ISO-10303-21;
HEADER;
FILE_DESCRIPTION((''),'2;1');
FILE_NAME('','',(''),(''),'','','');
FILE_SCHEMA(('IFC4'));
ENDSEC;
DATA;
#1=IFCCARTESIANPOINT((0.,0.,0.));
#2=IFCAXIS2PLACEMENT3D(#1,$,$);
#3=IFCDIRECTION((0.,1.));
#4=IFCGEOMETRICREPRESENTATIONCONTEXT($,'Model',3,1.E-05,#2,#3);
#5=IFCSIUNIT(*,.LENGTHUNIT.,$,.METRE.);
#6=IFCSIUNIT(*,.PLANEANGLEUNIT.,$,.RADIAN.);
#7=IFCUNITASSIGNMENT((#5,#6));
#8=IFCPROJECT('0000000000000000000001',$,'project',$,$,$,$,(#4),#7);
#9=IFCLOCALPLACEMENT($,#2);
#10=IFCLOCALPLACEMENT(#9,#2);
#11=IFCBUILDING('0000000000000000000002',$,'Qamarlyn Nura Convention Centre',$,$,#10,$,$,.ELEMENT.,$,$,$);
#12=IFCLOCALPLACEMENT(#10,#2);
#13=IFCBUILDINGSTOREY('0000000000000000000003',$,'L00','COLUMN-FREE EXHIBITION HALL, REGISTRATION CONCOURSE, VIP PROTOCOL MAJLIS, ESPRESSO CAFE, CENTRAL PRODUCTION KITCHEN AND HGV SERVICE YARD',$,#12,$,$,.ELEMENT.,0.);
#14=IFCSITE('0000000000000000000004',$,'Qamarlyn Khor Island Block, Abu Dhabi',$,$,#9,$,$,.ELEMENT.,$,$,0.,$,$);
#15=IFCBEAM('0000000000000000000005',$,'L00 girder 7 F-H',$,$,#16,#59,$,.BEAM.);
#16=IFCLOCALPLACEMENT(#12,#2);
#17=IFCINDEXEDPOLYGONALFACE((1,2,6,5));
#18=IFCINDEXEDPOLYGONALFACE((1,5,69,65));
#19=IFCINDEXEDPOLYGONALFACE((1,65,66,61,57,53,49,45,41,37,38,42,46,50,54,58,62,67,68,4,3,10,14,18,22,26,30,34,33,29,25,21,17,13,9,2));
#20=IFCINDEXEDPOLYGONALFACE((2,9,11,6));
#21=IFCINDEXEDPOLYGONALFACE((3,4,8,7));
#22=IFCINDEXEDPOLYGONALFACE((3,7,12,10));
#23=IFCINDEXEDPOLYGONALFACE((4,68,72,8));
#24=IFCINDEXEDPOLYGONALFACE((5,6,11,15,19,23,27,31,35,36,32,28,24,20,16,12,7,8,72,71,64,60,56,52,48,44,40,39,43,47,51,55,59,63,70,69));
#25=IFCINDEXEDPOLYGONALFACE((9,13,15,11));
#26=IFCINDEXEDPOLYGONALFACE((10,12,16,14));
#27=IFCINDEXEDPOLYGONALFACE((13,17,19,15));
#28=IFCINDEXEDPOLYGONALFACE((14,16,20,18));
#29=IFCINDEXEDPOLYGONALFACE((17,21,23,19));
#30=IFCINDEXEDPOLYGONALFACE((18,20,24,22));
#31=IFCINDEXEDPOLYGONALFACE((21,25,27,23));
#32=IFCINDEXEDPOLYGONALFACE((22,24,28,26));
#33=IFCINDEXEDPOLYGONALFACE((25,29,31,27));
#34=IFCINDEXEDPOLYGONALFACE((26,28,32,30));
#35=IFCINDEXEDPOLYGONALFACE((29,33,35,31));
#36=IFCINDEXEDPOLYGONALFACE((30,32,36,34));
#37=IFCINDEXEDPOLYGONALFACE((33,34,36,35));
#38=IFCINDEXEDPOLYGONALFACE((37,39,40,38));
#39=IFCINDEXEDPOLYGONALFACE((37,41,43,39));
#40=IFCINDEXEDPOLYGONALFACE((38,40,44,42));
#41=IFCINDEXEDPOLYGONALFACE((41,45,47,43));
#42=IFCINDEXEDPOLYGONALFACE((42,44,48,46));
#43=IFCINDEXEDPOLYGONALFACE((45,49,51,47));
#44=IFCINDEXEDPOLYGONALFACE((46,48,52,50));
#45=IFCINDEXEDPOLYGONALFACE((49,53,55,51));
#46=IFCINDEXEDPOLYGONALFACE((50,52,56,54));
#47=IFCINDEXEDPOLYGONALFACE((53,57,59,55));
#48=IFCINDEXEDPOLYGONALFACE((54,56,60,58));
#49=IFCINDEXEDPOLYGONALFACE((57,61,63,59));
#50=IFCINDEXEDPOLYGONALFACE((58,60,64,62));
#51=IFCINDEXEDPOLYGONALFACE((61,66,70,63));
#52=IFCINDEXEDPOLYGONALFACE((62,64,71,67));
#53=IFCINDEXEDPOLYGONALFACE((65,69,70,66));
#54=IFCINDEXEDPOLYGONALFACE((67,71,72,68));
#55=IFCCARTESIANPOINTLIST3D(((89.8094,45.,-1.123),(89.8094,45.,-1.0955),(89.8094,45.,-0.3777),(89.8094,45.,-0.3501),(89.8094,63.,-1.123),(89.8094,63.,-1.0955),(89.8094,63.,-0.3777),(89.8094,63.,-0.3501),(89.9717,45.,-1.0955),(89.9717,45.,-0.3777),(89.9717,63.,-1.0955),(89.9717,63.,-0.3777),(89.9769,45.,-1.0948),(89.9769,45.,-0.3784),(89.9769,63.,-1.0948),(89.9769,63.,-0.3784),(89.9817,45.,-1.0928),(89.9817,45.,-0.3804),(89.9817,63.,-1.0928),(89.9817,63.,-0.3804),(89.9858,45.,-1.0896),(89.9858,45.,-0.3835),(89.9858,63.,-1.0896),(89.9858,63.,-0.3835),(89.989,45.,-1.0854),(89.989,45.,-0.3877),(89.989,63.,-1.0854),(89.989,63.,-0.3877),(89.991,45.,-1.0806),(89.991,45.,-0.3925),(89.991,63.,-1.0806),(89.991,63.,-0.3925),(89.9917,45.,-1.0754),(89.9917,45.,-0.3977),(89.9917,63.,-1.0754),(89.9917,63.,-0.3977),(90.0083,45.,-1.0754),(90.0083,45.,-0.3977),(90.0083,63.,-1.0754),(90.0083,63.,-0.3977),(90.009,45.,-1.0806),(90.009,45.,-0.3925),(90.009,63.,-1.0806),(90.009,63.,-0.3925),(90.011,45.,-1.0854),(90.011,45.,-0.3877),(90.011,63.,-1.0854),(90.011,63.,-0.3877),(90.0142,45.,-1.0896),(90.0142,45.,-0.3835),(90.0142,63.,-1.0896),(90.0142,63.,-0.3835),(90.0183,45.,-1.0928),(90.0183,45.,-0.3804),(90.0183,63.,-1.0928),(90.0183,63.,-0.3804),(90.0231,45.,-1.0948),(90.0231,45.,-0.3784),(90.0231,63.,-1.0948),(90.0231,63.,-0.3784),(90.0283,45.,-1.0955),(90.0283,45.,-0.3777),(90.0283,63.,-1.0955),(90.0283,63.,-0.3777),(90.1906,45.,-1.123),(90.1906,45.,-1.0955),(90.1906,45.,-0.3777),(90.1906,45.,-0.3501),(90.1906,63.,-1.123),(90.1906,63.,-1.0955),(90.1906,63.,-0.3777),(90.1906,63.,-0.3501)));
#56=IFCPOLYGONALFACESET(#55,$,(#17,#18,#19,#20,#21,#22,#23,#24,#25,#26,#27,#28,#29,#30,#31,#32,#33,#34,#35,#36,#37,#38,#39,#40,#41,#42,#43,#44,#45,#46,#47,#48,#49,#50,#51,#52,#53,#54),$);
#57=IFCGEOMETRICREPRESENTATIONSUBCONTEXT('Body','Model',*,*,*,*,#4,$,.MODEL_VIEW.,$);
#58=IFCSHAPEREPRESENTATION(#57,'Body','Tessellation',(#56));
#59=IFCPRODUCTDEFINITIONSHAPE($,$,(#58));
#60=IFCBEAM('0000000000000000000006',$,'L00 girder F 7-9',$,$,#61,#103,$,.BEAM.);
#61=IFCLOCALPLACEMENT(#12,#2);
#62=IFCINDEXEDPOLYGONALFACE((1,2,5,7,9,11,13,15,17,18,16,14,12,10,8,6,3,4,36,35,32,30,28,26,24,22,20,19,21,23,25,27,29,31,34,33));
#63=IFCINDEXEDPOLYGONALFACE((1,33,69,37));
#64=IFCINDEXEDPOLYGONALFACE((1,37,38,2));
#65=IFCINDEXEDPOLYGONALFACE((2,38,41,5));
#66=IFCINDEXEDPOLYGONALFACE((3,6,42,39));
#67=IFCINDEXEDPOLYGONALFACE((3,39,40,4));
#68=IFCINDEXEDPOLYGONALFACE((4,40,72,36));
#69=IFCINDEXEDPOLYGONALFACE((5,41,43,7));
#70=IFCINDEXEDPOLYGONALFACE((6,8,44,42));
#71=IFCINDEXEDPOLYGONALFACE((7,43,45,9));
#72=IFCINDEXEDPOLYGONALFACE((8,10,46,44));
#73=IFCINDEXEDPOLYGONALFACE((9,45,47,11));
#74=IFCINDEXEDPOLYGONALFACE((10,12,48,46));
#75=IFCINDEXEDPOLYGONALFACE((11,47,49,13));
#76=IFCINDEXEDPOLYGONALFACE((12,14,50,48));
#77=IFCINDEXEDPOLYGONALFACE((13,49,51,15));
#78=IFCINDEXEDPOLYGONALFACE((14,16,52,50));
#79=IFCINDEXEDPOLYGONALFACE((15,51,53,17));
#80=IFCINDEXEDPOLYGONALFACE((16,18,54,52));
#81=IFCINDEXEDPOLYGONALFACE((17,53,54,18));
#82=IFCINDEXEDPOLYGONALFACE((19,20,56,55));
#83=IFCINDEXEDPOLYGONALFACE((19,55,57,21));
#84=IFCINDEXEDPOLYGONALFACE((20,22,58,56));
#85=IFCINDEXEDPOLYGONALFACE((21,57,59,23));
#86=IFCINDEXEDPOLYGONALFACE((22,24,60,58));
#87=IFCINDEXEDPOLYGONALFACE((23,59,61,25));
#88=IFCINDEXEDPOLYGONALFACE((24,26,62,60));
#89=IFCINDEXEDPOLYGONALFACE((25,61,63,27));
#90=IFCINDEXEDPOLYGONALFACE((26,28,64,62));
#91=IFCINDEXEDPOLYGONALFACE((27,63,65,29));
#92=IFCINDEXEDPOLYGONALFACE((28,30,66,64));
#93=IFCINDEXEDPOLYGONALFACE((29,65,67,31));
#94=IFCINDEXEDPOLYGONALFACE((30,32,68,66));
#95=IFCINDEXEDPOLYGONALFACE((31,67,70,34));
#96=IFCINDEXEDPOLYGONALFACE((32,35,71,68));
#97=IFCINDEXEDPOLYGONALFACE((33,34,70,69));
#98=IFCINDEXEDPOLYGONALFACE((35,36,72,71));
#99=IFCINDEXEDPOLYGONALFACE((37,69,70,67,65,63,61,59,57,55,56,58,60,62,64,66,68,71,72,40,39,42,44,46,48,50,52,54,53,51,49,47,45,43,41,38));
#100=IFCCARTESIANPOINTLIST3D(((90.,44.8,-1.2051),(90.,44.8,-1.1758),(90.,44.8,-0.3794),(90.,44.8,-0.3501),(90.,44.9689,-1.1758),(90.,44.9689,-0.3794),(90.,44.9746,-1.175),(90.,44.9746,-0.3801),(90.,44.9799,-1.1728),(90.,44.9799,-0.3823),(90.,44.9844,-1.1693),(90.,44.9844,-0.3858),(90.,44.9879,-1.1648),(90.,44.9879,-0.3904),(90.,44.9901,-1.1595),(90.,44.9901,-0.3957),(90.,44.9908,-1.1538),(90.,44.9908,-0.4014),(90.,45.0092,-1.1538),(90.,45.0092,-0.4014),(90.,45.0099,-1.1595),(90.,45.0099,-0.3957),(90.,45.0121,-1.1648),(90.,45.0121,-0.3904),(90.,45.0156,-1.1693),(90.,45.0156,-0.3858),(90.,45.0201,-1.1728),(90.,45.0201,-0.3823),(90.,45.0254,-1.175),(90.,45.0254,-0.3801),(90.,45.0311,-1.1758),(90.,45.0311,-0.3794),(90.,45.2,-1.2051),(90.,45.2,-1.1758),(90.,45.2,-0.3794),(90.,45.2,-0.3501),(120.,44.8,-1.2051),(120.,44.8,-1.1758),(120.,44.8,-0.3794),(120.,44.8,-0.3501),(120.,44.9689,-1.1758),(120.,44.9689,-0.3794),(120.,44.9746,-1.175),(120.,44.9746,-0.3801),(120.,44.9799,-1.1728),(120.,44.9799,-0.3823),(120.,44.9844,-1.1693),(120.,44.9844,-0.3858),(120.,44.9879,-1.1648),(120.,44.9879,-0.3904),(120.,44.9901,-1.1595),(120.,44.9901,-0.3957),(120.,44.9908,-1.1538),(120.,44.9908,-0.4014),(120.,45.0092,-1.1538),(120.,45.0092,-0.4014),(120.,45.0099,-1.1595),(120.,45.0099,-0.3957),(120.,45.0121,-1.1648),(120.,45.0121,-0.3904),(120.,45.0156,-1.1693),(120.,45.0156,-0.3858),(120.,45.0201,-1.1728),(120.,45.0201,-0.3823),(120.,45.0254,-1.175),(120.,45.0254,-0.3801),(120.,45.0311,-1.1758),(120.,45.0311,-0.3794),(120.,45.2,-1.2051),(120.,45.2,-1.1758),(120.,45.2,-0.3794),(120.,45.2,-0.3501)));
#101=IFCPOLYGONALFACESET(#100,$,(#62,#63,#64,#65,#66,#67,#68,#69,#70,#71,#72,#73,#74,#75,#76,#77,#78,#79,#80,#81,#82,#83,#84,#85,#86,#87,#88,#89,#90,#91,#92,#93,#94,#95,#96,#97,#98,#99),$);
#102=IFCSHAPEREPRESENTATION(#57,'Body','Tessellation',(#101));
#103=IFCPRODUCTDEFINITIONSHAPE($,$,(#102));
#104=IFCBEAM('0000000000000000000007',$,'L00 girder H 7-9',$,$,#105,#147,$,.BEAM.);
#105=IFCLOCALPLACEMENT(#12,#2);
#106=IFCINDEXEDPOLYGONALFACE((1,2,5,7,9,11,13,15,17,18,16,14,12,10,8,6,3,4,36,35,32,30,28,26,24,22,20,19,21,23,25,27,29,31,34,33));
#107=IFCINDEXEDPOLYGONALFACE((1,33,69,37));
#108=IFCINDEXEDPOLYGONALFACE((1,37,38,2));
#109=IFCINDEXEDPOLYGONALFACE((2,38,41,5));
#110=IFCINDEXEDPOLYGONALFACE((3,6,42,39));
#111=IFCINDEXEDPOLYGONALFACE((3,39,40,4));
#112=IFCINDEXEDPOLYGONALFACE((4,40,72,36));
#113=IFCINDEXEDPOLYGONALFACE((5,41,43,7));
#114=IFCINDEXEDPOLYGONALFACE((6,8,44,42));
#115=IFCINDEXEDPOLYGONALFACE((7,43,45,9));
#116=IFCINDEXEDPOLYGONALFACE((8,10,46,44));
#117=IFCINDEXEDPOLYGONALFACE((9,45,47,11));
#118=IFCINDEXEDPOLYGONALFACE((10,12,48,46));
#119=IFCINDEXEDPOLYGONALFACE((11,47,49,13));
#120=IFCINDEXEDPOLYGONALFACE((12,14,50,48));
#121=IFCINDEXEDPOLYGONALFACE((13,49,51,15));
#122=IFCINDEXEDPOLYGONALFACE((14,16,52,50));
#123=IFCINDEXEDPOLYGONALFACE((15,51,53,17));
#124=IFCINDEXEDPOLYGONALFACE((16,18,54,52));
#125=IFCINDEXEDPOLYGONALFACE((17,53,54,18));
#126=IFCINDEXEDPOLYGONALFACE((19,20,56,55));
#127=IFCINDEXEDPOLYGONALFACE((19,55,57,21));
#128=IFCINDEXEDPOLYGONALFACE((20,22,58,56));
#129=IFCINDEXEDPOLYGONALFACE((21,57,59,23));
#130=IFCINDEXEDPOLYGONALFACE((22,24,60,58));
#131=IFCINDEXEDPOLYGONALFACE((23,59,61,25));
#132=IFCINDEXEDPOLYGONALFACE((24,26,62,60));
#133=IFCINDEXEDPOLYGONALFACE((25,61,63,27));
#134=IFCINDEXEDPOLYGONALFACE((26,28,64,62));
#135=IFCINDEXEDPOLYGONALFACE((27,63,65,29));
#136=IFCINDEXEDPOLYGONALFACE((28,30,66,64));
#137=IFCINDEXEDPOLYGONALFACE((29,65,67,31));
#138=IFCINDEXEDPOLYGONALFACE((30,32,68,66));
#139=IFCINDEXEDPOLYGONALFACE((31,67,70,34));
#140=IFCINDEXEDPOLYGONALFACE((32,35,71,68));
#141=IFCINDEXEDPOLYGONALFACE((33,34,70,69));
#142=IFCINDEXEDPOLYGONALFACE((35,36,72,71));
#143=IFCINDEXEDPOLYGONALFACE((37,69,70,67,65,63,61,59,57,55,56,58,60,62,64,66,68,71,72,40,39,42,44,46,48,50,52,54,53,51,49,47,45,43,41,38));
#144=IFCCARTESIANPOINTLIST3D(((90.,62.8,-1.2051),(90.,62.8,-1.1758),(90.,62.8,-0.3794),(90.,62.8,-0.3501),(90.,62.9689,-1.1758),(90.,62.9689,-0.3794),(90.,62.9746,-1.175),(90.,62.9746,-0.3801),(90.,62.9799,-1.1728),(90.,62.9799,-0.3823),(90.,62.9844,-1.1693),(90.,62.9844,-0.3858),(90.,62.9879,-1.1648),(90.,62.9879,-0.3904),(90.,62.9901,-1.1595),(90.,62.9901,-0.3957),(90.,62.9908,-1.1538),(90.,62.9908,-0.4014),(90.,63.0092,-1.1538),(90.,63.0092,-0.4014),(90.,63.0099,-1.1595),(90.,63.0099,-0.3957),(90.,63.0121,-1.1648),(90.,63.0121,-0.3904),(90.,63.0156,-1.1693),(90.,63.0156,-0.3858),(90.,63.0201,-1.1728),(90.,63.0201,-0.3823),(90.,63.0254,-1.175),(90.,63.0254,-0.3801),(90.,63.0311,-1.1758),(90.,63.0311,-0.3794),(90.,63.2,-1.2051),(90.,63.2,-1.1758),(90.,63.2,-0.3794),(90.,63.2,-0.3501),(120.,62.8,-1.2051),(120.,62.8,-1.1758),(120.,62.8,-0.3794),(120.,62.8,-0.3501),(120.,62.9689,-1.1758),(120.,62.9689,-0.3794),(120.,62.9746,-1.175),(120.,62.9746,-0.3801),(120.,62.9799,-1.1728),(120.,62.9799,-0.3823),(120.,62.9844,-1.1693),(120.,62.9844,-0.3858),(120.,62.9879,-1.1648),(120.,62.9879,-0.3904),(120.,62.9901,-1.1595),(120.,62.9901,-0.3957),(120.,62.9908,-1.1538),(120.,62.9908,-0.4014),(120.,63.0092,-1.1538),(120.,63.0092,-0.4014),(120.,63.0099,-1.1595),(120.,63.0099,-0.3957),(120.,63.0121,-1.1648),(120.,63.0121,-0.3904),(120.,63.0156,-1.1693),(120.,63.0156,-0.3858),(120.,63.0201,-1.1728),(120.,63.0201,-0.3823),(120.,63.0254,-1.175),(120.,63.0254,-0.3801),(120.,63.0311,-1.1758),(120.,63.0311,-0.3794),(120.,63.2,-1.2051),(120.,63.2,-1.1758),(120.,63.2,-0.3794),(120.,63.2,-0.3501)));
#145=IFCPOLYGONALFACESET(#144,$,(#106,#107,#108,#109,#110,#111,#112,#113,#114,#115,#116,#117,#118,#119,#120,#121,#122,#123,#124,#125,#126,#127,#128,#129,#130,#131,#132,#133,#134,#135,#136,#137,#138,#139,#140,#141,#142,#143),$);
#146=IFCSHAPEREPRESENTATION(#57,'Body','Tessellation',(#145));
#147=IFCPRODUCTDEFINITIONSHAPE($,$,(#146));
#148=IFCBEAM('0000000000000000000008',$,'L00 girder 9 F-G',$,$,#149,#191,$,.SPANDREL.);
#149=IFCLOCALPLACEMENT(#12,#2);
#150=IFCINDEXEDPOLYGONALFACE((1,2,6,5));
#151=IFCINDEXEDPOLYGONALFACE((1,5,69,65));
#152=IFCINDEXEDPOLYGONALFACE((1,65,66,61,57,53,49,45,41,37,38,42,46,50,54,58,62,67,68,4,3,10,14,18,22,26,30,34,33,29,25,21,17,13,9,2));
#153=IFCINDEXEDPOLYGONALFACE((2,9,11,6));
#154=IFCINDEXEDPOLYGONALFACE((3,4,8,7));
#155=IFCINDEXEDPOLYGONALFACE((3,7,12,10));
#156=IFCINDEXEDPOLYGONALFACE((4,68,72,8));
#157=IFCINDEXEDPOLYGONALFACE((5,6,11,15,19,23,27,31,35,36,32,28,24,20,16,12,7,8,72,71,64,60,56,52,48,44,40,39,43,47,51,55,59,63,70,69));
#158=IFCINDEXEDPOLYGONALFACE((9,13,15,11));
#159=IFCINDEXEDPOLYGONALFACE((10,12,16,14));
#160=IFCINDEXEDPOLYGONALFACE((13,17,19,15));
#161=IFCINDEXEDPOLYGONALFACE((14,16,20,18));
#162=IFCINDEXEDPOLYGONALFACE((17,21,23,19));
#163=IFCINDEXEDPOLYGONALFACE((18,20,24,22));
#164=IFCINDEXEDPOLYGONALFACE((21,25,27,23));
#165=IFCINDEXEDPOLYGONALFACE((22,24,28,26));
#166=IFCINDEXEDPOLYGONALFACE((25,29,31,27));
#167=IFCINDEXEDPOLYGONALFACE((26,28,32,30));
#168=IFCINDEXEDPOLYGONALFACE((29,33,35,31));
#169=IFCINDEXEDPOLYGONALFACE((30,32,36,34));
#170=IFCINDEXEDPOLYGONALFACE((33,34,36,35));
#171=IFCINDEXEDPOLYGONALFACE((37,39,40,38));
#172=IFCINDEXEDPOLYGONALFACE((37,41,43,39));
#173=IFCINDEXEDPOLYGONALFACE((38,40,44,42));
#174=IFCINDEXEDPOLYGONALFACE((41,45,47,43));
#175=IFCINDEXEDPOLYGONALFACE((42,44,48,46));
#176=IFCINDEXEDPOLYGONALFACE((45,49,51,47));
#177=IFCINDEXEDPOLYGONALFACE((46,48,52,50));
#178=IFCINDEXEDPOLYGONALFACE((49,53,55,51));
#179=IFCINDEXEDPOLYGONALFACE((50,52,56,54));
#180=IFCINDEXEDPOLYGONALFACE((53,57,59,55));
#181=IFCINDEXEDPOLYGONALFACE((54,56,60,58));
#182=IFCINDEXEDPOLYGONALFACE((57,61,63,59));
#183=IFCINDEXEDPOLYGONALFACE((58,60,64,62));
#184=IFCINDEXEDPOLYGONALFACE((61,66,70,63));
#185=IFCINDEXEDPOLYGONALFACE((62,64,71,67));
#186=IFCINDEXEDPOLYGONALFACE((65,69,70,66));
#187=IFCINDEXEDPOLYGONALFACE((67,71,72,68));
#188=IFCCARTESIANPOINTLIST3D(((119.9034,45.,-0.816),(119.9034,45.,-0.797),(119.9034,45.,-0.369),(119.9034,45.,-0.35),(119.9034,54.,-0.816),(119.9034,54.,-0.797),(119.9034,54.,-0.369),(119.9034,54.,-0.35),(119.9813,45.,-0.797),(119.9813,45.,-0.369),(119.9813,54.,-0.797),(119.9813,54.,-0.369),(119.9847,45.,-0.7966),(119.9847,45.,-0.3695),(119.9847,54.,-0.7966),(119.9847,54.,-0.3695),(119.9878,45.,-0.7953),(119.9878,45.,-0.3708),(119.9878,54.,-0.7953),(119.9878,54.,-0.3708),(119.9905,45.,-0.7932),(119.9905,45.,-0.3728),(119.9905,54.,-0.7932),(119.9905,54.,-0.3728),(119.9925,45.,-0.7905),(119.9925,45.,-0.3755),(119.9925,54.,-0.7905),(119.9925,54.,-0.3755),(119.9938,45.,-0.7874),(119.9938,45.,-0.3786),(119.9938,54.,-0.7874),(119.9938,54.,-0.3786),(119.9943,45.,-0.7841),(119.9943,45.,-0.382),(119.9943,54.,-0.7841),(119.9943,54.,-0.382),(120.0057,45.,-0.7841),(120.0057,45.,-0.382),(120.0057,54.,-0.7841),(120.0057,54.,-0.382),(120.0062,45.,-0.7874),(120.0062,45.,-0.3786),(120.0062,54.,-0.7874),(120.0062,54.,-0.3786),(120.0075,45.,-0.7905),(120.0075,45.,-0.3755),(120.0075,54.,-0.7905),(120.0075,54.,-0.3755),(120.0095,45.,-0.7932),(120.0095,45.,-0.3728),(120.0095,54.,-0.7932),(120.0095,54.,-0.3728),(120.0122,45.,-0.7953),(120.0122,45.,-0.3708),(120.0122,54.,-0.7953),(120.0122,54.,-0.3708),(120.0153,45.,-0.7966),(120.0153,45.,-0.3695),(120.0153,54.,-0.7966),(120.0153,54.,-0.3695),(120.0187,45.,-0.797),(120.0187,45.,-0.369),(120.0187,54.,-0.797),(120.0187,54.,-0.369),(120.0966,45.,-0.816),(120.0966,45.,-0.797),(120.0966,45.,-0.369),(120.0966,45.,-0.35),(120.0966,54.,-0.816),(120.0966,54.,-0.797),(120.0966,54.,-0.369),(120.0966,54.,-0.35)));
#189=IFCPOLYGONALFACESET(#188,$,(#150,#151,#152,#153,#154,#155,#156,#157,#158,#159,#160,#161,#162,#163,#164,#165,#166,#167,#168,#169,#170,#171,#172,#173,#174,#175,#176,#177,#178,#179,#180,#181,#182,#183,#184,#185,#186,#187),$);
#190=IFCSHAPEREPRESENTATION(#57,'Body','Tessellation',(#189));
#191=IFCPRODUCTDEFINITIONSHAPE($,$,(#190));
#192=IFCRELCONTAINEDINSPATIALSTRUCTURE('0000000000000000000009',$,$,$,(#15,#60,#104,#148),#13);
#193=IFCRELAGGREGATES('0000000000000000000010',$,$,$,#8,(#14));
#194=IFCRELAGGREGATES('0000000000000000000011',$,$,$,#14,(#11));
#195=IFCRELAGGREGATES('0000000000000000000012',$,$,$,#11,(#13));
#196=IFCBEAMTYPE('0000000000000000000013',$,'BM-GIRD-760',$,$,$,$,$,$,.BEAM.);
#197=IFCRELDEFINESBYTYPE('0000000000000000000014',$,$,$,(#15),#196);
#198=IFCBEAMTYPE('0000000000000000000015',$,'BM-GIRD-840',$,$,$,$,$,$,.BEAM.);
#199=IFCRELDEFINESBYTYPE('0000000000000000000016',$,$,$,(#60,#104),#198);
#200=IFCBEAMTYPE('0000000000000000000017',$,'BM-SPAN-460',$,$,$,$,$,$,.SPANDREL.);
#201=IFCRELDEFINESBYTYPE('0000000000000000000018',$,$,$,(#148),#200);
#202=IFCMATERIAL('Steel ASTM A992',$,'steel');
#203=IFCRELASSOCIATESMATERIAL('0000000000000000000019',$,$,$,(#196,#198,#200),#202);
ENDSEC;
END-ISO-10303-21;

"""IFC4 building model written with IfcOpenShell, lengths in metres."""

from ifc_helpers import new_model, si_unit, direction, frame, origin, origin_2d, place, context, subcontext, project, spatial, i_section, extrude, material, material_profile, profile_set, type_object, element, save


model = new_model("IFC4")

# Units and contexts
model_context = context("Model", 3, precision=1e-05, world=origin(), true_north=direction((0.0, 1.0)))
body_context = subcontext(model_context, "Body", "Model", "MODEL_VIEW")
ifc_project = project(units=[si_unit("LENGTHUNIT", "METRE"), si_unit("PLANEANGLEUNIT", "RADIAN")], contexts=[model_context])

# Site, building, storey
site_placement = place(None, origin())
site = spatial("IfcSite", under=ifc_project, at=site_placement, Name="Qamarlyn Khor Island Block, Abu Dhabi", CompositionType="ELEMENT", RefElevation=0.0)
building_placement = place(site_placement, origin())
building = spatial("IfcBuilding", under=site, at=building_placement, Name="Qamarlyn Nura Convention Centre", CompositionType="ELEMENT")
storey_placement = place(building_placement, origin())
storey = spatial("IfcBuildingStorey", under=building, at=storey_placement, Name="L00", Description="COLUMN-FREE EXHIBITION HALL, REGISTRATION CONCOURSE, VIP PROTOCOL MAJLIS, ESPRESSO CAFE, CENTRAL PRODUCTION KITCHEN AND HGV SERVICE YARD", CompositionType="ELEMENT", Elevation=0.0)

# Shared definitions
ifc_material_1 = material(Name="Steel ASTM A992", Category="steel")

# Beams
ifc_material_profile_1 = material_profile(ifc_material_1, i_section(OverallWidth=0.3811, OverallDepth=0.7729, WebThickness=0.0166, FlangeThickness=0.0276, FilletRadius=0.02, at=origin_2d()), Name="W760X257")
ifc_profile_set_1 = profile_set([ifc_material_profile_1], Name="Steel ASTM A992")
beam_type_1 = type_object("IfcBeamType", Name="BM-GIRD-760", PredefinedType="BEAM", material=ifc_profile_set_1)
beam_1_placement = place(storey_placement, frame((90.0, 45.0, -0.7366), z_axis=(0.0, 1.0, 0.0), x_axis=(-1.0, 0.0, 0.0)))
element("IfcBeam", 1, at=beam_1_placement, inside=storey, type_object=beam_type_1, Name="L00 girder 7 F-H", PredefinedType="BEAM", context=body_context, shape_type="SweptSolid", body=[
    extrude(i_section(OverallWidth=0.3811, OverallDepth=0.7729, WebThickness=0.0166, FlangeThickness=0.0276, FilletRadius=0.02, at=origin_2d()), origin(), (0.0, 0.0, 1.0), 18.0),
])
ifc_material_profile_2 = material_profile(ifc_material_1, i_section(OverallWidth=0.3999, OverallDepth=0.855, WebThickness=0.0183, FlangeThickness=0.0293, FilletRadius=0.022, at=origin_2d()), Name="W840X299")
ifc_profile_set_2 = profile_set([ifc_material_profile_2], Name="Steel ASTM A992")
beam_type_2 = type_object("IfcBeamType", Name="BM-GIRD-840", PredefinedType="BEAM", material=ifc_profile_set_2)
for number, where, z_axis, x_axis, name in (
    (2, (90.0, 45.0, -0.7776), (1.0, 0.0, 0.0), (0.0, 1.0, 0.0), "L00 girder F 7-9"),
    (3, (90.0, 63.0, -0.7776), (1.0, 0.0, 0.0), (0.0, 1.0, 0.0), "L00 girder H 7-9"),
):
    element("IfcBeam", number, at=place(storey_placement, frame(where, z_axis=z_axis, x_axis=x_axis)), inside=storey, type_object=beam_type_2, Name=name, PredefinedType="BEAM", context=body_context, shape_type="SweptSolid", body=[
        extrude(i_section(OverallWidth=0.3999, OverallDepth=0.855, WebThickness=0.0183, FlangeThickness=0.0293, FilletRadius=0.022, at=origin_2d()), origin(), (0.0, 0.0, 1.0), 30.0),
    ])
ifc_material_profile_3 = material_profile(ifc_material_1, i_section(OverallWidth=0.1931, OverallDepth=0.4661, WebThickness=0.0115, FlangeThickness=0.019, FilletRadius=0.0129, at=origin_2d()), Name="W460X97")
ifc_profile_set_3 = profile_set([ifc_material_profile_3], Name="Steel ASTM A992")
beam_type_3 = type_object("IfcBeamType", Name="BM-SPAN-460", PredefinedType="SPANDREL", material=ifc_profile_set_3)
beam_2_placement = place(storey_placement, frame((120.0, 45.0, -0.583), z_axis=(0.0, 1.0, 0.0), x_axis=(-1.0, 0.0, 0.0)))
element("IfcBeam", 4, at=beam_2_placement, inside=storey, type_object=beam_type_3, Name="L00 girder 9 F-G", PredefinedType="SPANDREL", context=body_context, shape_type="SweptSolid", body=[
    extrude(i_section(OverallWidth=0.1931, OverallDepth=0.4661, WebThickness=0.0115, FlangeThickness=0.019, FilletRadius=0.0129, at=origin_2d()), origin(), (0.0, 0.0, 1.0), 9.0),
])

save(model, "model.ifc")
